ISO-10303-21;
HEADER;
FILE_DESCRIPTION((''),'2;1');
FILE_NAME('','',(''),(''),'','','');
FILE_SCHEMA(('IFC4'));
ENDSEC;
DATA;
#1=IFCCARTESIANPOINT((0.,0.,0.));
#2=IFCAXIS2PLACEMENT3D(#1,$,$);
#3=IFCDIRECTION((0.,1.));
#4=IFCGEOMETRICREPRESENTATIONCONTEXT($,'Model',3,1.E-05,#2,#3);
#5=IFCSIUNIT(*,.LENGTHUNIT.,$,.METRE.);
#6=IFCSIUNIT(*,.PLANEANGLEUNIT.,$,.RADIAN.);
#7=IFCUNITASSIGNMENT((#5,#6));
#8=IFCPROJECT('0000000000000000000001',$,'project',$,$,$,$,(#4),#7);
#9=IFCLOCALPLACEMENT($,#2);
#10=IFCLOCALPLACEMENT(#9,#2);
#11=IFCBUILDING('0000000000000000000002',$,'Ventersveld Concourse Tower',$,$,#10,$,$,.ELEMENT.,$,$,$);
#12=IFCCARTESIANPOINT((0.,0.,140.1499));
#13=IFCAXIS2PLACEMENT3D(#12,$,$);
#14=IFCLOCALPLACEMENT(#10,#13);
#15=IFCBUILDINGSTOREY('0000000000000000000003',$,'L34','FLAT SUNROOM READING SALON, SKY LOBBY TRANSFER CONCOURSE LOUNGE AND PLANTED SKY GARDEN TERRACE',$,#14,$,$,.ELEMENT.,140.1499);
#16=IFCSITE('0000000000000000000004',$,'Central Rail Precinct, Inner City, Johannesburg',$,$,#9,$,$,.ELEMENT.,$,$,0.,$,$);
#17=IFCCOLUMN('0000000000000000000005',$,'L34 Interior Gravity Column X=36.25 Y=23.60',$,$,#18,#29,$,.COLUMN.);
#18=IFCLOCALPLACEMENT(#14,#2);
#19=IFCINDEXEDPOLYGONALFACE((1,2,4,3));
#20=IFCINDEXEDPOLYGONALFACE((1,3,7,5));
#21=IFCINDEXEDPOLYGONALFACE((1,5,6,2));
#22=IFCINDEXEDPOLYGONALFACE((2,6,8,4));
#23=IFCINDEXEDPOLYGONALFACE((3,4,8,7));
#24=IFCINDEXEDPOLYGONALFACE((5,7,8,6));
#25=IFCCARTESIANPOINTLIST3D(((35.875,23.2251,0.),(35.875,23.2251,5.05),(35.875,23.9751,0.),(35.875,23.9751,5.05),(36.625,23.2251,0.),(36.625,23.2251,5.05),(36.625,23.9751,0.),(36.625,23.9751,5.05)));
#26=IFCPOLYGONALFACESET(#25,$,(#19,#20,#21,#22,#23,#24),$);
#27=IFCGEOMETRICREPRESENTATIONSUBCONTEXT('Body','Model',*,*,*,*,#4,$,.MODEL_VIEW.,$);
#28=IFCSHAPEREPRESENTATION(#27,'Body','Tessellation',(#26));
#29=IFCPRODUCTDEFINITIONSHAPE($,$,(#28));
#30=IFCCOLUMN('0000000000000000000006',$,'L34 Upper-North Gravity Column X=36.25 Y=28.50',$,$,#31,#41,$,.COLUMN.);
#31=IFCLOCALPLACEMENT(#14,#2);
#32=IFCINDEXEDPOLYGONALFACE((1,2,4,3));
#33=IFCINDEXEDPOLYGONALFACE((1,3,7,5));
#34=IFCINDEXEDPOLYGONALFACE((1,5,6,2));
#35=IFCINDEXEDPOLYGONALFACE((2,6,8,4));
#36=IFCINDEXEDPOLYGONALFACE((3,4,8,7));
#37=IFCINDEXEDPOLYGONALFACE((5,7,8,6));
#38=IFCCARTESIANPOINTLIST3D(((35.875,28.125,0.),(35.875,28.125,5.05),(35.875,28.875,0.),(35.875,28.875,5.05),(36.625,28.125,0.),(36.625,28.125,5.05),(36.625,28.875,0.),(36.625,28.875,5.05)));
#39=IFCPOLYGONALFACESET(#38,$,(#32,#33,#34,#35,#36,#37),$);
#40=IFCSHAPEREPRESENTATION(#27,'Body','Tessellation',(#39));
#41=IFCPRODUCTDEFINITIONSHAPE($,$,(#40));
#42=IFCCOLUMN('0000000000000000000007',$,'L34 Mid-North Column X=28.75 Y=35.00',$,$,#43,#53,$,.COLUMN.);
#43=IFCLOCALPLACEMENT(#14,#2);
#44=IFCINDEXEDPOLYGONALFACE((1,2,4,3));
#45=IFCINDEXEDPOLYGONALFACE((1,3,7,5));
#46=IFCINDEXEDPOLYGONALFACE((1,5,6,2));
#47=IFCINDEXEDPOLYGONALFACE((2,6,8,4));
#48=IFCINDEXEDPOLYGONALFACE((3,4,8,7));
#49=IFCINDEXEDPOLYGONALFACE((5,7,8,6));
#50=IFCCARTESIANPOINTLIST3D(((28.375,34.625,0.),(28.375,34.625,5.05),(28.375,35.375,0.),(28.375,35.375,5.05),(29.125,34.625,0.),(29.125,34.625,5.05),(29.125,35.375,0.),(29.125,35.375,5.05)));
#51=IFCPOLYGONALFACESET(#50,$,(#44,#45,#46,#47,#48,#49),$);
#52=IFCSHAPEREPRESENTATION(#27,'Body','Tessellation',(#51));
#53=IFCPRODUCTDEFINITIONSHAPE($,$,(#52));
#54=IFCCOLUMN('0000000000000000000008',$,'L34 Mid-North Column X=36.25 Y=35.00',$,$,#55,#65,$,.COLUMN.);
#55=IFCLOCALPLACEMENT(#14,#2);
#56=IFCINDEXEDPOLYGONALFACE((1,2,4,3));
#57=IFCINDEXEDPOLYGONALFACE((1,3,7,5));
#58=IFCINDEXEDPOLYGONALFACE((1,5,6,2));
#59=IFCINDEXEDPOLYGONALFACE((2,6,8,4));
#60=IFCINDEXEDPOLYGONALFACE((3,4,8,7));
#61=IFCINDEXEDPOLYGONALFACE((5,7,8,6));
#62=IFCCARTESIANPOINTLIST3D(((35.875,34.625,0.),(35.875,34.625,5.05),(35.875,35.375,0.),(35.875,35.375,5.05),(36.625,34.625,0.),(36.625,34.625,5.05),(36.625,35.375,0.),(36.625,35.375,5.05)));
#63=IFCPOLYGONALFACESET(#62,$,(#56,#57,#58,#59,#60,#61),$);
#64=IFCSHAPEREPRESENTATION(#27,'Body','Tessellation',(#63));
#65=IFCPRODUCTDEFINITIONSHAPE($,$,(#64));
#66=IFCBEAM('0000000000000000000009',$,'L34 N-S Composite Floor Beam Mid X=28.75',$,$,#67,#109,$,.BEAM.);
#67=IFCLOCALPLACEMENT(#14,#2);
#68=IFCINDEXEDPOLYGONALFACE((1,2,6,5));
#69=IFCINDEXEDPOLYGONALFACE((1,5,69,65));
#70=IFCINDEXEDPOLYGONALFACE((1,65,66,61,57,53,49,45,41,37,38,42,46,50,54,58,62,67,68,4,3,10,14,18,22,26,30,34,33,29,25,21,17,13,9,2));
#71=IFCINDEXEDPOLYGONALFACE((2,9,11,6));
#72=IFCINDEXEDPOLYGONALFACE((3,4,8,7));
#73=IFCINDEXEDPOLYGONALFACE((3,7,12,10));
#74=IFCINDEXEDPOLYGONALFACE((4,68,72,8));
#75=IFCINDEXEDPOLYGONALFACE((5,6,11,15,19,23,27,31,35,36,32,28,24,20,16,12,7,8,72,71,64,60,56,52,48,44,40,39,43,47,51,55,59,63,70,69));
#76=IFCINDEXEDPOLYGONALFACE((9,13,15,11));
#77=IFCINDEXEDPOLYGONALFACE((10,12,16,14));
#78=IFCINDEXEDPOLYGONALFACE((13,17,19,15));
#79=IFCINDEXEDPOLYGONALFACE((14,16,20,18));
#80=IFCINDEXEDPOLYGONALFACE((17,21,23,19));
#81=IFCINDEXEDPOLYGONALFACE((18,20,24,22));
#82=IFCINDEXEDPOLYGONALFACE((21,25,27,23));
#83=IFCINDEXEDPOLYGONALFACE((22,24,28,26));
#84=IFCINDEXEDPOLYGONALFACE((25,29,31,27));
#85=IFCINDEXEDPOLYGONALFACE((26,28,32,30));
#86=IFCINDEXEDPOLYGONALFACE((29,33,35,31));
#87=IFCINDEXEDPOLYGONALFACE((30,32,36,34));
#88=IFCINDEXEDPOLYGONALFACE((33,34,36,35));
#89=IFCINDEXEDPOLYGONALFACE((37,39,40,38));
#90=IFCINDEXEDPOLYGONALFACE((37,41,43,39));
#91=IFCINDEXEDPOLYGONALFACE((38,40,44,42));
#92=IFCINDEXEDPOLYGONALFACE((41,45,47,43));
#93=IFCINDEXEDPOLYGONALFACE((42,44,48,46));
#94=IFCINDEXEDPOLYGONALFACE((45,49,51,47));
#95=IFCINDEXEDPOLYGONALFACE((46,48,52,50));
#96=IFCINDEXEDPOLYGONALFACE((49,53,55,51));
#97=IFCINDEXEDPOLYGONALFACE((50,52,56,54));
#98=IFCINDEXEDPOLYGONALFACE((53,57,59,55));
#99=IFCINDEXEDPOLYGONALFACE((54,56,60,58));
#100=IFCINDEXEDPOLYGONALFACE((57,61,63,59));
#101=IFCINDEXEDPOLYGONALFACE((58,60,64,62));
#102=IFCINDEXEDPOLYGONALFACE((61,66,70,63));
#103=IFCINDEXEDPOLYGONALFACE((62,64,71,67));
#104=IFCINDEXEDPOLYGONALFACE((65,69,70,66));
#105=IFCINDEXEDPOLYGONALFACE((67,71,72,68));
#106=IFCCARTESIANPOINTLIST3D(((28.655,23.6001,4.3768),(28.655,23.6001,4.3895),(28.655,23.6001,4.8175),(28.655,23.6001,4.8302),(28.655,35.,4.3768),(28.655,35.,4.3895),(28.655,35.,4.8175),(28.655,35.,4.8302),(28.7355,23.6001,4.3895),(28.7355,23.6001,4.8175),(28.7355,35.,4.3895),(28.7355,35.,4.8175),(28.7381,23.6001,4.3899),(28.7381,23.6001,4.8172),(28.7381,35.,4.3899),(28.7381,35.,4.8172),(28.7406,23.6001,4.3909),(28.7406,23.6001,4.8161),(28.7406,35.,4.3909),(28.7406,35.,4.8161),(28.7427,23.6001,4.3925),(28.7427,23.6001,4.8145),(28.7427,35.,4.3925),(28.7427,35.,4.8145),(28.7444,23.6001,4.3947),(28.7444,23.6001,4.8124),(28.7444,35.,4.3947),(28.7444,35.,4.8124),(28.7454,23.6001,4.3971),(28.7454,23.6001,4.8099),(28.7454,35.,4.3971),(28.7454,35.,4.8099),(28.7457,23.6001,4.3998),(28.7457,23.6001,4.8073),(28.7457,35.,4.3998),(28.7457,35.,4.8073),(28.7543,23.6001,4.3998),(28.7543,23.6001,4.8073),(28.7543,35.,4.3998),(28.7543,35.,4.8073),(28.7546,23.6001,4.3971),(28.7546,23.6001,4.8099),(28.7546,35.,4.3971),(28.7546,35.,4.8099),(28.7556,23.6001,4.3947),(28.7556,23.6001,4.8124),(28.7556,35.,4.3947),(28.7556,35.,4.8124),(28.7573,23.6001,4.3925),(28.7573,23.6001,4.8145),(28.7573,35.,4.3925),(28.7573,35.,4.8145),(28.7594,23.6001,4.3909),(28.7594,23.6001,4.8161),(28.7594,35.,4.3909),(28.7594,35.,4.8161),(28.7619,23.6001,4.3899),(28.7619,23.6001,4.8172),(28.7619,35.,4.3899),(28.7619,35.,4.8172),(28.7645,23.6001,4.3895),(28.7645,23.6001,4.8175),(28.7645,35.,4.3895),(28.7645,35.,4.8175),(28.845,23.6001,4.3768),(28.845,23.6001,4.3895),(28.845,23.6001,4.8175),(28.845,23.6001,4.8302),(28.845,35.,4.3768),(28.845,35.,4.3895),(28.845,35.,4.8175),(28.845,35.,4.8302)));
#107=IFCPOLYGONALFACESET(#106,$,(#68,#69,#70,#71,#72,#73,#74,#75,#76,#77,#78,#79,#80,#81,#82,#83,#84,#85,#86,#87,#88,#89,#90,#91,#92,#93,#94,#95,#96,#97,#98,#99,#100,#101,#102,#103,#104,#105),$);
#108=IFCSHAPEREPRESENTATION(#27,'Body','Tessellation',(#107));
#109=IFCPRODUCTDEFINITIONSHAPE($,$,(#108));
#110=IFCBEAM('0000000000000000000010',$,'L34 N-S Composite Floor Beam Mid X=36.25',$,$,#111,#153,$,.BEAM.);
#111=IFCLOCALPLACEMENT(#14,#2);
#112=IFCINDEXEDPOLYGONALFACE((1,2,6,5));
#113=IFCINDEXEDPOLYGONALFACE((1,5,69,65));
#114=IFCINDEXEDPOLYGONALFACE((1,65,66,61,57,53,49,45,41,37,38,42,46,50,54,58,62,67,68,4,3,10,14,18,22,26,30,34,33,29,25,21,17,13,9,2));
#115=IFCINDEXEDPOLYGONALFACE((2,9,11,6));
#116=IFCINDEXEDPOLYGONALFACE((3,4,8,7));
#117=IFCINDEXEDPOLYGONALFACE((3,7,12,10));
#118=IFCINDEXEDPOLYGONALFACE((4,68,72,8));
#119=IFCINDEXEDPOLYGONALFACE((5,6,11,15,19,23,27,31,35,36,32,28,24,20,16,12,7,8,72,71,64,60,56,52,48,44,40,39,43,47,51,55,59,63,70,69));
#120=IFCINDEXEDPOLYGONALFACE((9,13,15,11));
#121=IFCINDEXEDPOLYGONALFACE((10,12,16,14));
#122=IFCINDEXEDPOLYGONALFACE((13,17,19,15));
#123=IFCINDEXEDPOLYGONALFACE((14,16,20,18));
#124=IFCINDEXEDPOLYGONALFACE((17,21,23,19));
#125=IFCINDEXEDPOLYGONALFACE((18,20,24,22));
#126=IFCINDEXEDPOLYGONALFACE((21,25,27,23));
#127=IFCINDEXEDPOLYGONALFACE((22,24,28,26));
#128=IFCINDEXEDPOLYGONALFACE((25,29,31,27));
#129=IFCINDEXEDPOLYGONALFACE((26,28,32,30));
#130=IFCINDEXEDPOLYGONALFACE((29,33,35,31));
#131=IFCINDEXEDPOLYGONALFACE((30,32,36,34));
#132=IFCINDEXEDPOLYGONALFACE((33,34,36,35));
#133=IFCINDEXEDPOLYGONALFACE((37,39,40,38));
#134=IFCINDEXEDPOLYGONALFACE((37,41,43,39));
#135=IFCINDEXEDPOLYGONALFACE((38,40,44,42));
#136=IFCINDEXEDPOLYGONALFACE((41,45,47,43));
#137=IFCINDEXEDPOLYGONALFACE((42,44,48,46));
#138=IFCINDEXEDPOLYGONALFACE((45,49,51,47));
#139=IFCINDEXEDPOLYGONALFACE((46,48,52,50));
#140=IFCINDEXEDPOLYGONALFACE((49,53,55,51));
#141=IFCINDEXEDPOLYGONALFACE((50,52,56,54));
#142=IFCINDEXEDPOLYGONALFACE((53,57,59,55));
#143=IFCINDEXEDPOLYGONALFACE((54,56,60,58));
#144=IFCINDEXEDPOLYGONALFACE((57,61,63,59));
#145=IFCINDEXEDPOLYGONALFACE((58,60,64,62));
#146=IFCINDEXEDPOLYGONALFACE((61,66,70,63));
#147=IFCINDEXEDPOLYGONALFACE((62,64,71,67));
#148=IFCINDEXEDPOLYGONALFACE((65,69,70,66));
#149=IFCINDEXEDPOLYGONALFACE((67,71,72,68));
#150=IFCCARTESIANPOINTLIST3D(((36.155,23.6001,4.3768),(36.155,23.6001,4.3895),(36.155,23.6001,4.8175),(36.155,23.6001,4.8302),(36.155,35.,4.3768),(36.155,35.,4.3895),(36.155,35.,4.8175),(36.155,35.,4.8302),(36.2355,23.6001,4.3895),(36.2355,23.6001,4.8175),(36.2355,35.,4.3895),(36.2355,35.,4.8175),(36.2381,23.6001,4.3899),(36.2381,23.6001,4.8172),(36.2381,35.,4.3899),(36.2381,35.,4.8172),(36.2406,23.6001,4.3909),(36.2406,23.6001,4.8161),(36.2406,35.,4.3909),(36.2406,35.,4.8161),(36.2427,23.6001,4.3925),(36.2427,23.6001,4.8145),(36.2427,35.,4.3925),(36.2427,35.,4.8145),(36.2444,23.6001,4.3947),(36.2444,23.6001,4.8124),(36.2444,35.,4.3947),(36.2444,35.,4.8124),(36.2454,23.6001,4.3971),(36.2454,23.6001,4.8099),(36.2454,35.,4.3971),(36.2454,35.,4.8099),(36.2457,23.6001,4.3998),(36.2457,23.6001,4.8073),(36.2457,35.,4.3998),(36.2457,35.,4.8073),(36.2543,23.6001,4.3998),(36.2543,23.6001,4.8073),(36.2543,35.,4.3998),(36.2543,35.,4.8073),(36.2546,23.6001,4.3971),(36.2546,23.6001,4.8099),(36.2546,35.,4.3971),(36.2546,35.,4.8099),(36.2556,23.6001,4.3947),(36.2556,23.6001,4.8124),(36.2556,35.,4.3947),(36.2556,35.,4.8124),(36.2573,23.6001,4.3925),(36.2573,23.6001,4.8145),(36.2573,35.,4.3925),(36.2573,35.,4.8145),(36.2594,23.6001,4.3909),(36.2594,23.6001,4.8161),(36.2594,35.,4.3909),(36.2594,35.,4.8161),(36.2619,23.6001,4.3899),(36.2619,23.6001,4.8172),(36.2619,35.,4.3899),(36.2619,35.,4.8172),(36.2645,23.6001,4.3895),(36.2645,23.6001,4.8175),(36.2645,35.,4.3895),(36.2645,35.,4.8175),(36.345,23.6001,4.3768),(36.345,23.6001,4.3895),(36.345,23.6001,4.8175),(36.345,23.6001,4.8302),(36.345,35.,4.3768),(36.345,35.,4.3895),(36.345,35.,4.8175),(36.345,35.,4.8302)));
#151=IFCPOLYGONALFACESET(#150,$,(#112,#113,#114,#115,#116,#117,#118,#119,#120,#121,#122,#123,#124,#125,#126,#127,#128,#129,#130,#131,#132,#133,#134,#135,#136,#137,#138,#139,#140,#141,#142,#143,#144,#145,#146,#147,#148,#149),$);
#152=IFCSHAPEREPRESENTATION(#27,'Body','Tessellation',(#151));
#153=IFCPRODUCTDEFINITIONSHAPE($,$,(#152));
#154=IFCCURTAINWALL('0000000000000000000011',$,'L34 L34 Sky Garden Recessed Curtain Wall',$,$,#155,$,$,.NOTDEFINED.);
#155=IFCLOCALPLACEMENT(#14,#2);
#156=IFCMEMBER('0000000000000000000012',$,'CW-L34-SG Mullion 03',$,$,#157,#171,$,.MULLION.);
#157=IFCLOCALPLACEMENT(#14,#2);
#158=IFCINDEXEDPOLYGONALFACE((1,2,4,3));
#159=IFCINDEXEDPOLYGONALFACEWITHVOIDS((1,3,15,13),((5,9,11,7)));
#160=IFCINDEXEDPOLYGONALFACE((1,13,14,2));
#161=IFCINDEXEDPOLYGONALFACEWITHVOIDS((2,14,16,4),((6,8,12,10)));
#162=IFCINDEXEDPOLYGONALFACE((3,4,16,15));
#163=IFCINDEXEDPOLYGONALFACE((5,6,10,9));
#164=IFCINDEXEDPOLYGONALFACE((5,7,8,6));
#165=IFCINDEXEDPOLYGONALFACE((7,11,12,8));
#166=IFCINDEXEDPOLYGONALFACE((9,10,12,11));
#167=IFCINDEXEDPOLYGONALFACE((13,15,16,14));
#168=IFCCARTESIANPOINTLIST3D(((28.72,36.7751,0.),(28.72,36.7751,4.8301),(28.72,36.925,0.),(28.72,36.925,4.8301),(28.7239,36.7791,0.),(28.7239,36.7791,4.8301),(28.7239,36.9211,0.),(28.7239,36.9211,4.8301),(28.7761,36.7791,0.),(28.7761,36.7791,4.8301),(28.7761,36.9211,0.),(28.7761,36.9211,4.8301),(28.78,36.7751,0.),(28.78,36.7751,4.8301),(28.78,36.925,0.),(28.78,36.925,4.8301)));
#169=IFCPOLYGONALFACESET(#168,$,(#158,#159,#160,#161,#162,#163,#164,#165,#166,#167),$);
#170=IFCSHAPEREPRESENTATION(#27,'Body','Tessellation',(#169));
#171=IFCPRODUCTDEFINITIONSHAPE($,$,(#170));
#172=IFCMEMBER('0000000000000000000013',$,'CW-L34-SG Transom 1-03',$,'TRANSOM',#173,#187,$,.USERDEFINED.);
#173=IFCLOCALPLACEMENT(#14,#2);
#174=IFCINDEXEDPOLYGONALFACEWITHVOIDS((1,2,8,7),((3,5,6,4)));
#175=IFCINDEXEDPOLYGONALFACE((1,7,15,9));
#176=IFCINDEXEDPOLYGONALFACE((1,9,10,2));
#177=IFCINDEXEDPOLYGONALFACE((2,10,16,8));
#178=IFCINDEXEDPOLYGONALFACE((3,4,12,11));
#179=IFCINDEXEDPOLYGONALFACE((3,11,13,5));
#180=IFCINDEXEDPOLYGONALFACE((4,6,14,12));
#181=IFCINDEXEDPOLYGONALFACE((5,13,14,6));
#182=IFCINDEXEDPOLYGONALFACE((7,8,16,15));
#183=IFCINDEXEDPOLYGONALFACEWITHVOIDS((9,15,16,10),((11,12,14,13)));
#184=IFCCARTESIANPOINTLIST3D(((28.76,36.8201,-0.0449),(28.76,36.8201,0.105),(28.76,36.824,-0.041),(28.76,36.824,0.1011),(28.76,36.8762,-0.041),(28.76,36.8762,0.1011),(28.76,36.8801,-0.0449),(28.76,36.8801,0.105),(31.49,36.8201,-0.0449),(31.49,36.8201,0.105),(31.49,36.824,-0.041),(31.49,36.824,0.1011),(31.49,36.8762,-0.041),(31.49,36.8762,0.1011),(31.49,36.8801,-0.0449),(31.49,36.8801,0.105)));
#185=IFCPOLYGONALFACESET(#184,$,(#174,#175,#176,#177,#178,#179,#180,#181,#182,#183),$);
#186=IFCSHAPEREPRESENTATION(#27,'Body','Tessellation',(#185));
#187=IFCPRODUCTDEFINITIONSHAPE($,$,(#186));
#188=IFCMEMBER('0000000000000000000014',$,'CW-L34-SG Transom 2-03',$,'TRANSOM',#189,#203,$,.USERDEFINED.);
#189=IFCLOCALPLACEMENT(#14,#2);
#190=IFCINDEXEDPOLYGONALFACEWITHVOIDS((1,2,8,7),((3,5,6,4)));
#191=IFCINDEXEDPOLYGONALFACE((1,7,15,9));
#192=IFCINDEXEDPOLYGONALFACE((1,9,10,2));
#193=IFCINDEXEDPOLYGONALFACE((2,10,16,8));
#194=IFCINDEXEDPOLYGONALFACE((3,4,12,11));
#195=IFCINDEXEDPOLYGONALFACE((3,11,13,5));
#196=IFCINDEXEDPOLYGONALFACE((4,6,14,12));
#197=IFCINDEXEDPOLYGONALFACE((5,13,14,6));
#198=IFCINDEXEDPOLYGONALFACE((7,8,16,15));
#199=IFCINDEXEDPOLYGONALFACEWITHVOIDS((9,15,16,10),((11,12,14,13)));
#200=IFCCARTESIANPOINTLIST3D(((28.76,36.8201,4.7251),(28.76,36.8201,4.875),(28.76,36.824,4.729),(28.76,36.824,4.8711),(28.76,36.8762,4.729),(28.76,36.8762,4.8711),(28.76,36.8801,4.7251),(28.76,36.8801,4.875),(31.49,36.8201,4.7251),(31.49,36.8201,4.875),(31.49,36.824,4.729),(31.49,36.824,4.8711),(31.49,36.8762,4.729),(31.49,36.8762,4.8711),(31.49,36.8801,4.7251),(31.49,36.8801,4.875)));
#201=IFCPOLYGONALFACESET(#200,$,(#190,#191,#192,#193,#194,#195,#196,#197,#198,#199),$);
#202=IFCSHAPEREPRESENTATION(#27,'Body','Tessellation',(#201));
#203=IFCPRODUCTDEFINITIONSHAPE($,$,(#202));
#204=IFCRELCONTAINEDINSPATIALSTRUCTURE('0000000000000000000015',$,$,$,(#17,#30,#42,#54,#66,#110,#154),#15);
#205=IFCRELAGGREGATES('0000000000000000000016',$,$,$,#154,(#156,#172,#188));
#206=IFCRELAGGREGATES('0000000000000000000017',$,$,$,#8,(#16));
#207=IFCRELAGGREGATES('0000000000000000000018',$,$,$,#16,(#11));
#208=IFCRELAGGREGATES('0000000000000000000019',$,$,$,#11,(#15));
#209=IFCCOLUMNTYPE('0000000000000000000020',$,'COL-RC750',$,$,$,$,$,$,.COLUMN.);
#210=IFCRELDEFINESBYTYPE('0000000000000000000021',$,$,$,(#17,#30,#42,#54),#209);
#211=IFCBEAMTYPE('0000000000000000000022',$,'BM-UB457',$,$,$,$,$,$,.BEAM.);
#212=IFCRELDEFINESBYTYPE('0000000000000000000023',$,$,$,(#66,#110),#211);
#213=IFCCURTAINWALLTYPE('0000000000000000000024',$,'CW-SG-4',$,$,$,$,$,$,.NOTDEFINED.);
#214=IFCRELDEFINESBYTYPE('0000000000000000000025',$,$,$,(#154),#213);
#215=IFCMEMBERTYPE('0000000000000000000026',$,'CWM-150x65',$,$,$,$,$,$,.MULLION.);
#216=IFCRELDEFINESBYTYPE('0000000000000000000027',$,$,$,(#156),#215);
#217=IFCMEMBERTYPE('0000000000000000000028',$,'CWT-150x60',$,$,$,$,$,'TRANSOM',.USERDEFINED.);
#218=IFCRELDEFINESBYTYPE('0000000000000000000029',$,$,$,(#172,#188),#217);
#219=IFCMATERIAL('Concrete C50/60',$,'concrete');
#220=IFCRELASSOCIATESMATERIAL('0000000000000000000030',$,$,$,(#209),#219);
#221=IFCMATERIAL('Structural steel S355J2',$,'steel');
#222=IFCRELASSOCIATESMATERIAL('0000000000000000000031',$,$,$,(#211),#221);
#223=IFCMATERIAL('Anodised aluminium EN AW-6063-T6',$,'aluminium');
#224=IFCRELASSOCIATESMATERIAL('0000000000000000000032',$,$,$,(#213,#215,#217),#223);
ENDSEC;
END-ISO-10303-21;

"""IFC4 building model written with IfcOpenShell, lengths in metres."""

from ifc_helpers import new_model, si_unit, direction, frame, origin, origin_2d, place, context, subcontext, project, spatial, rectangle, hollow_rectangle, i_section, extrude, material, material_profile, profile_set, type_object, element, aggregate, save


model = new_model("IFC4")

# Units and contexts
model_context = context("Model", 3, precision=1e-05, world=origin(), true_north=direction((0.0, 1.0)))
body_context = subcontext(model_context, "Body", "Model", "MODEL_VIEW")
ifc_project = project(units=[si_unit("LENGTHUNIT", "METRE"), si_unit("PLANEANGLEUNIT", "RADIAN")], contexts=[model_context])

# Site, building, storey
site_placement = place(None, origin())
site = spatial("IfcSite", under=ifc_project, at=site_placement, Name="Central Rail Precinct, Inner City, Johannesburg", CompositionType="ELEMENT", RefElevation=0.0)
building_placement = place(site_placement, origin())
building = spatial("IfcBuilding", under=site, at=building_placement, Name="Ventersveld Concourse Tower", CompositionType="ELEMENT")
storey_placement = place(building_placement, frame((0.0, 0.0, 140.1499)))
storey = spatial("IfcBuildingStorey", under=building, at=storey_placement, Name="L34", Description="FLAT SUNROOM READING SALON, SKY LOBBY TRANSFER CONCOURSE LOUNGE AND PLANTED SKY GARDEN TERRACE", CompositionType="ELEMENT", Elevation=140.1499)

# Columns
ifc_material_1 = material(Name="Concrete C50/60", Category="concrete")
ifc_material_profile_1 = material_profile(ifc_material_1, rectangle(XDim=0.75, YDim=0.75, at=origin_2d()), Name="RC 750x750")
ifc_profile_set_1 = profile_set([ifc_material_profile_1], Name="Concrete C50/60")
column_type = type_object("IfcColumnType", Name="COL-RC750", PredefinedType="COLUMN", material=ifc_profile_set_1)
for number, where, z_axis, x_axis, name in (
    (1, (36.25, 23.6001, 0.0), (0.0, 0.0, 1.0), (1.0, 0.0, 0.0), "L34 Interior Gravity Column X=36.25 Y=23.60"),
    (2, (36.25, 28.5, 0.0), (0.0, 0.0, 1.0), (1.0, 0.0, 0.0), "L34 Upper-North Gravity Column X=36.25 Y=28.50"),
    (3, (28.75, 35.0, 0.0), (0.0, 0.0, 1.0), (1.0, 0.0, 0.0), "L34 Mid-North Column X=28.75 Y=35.00"),
    (4, (36.25, 35.0, 0.0), (0.0, 0.0, 1.0), (1.0, 0.0, 0.0), "L34 Mid-North Column X=36.25 Y=35.00"),
):
    element("IfcColumn", number, at=place(storey_placement, frame(where, z_axis=z_axis, x_axis=x_axis)), inside=storey, type_object=column_type, Name=name, PredefinedType="COLUMN", context=body_context, shape_type="SweptSolid", body=[
        extrude(rectangle(XDim=0.75, YDim=0.75, at=origin_2d()), origin(), (0.0, 0.0, 1.0), 5.05),
    ])

# Beams
ifc_material_2 = material(Name="Structural steel S355J2", Category="steel")
ifc_material_profile_2 = material_profile(ifc_material_2, i_section(OverallWidth=0.1899, OverallDepth=0.4534, WebThickness=0.0085, FlangeThickness=0.0127, FilletRadius=0.0103, at=origin_2d()), Name="UB 457x191x67")
ifc_profile_set_2 = profile_set([ifc_material_profile_2], Name="Structural steel S355J2")
beam_type_1 = type_object("IfcBeamType", Name="BM-UB457", PredefinedType="BEAM", material=ifc_profile_set_2)
for number, where, z_axis, x_axis, name in (
    (5, (28.75, 23.6001, 4.6035), (0.0, 1.0, 0.0), (-1.0, 0.0, 0.0), "L34 N-S Composite Floor Beam Mid X=28.75"),
    (6, (36.25, 23.6001, 4.6035), (0.0, 1.0, 0.0), (-1.0, 0.0, 0.0), "L34 N-S Composite Floor Beam Mid X=36.25"),
):
    element("IfcBeam", number, at=place(storey_placement, frame(where, z_axis=z_axis, x_axis=x_axis)), inside=storey, type_object=beam_type_1, Name=name, PredefinedType="BEAM", context=body_context, shape_type="SweptSolid", body=[
        extrude(i_section(OverallWidth=0.1899, OverallDepth=0.4534, WebThickness=0.0085, FlangeThickness=0.0127, FilletRadius=0.0103, at=origin_2d()), origin(), (0.0, 0.0, 1.0), 11.3999),
    ])

# Curtain wall, members
ifc_material_3 = material(Name="Anodised aluminium EN AW-6063-T6", Category="aluminium")
curtain_wall_type = type_object("IfcCurtainWallType", Name="CW-SG-4", PredefinedType="NOTDEFINED", material=ifc_material_3)
curtain_wall_placement = place(storey_placement, origin())
curtain_wall = element("IfcCurtainWall", 7, at=curtain_wall_placement, inside=storey, type_object=curtain_wall_type, Name="L34 L34 Sky Garden Recessed Curtain Wall", PredefinedType="NOTDEFINED")
ifc_material_profile_3 = material_profile(ifc_material_3, hollow_rectangle(XDim=0.0601, YDim=0.1499, WallThickness=0.0039, at=origin_2d()), Name="ALU 150x60x4")
ifc_profile_set_3 = profile_set([ifc_material_profile_3], Name="Anodised aluminium EN AW-6063-T6")
member_type_1 = type_object("IfcMemberType", Name="CWM-150x65", PredefinedType="MULLION", material=ifc_profile_set_3)
member_1_placement = place(storey_placement, frame((28.75, 36.8501, 0.0), z_axis=(0.0, 0.0, 1.0), x_axis=(1.0, 0.0, 0.0)))
member_1 = element("IfcMember", 8, at=member_1_placement, type_object=member_type_1, Name="CW-L34-SG Mullion 03", PredefinedType="MULLION", context=body_context, shape_type="SweptSolid", body=[
    extrude(hollow_rectangle(XDim=0.0601, YDim=0.1499, WallThickness=0.0039, at=origin_2d()), origin(), (0.0, 0.0, 1.0), 4.8301),
])
ifc_material_profile_4 = material_profile(ifc_material_3, hollow_rectangle(XDim=0.0601, YDim=0.1499, WallThickness=0.0039, at=origin_2d()), Name="ALU 150x60x4")
ifc_profile_set_4 = profile_set([ifc_material_profile_4], Name="Anodised aluminium EN AW-6063-T6")
member_type_2 = type_object("IfcMemberType", Name="CWT-150x60", ElementType="TRANSOM", PredefinedType="USERDEFINED", material=ifc_profile_set_4)
member_2_placement = place(storey_placement, frame((28.76, 36.8501, 0.03), z_axis=(1.0, 0.0, 0.0), x_axis=(0.0, 1.0, 0.0)))
member_2 = element("IfcMember", 9, at=member_2_placement, type_object=member_type_2, Name="CW-L34-SG Transom 1-03", ObjectType="TRANSOM", PredefinedType="USERDEFINED", context=body_context, shape_type="SweptSolid", body=[
    extrude(hollow_rectangle(XDim=0.0601, YDim=0.1499, WallThickness=0.0039, at=origin_2d()), origin(), (0.0, 0.0, 1.0), 2.73),
])
member_3_placement = place(storey_placement, frame((28.76, 36.8501, 4.8), z_axis=(1.0, 0.0, 0.0), x_axis=(0.0, 1.0, 0.0)))
member_3 = element("IfcMember", 10, at=member_3_placement, type_object=member_type_2, Name="CW-L34-SG Transom 2-03", ObjectType="TRANSOM", PredefinedType="USERDEFINED", context=body_context, shape_type="SweptSolid", body=[
    extrude(hollow_rectangle(XDim=0.0601, YDim=0.1499, WallThickness=0.0039, at=origin_2d()), origin(), (0.0, 0.0, 1.0), 2.73),
])
aggregate(curtain_wall, [member_1, member_2, member_3])

save(model, "model.ifc")
